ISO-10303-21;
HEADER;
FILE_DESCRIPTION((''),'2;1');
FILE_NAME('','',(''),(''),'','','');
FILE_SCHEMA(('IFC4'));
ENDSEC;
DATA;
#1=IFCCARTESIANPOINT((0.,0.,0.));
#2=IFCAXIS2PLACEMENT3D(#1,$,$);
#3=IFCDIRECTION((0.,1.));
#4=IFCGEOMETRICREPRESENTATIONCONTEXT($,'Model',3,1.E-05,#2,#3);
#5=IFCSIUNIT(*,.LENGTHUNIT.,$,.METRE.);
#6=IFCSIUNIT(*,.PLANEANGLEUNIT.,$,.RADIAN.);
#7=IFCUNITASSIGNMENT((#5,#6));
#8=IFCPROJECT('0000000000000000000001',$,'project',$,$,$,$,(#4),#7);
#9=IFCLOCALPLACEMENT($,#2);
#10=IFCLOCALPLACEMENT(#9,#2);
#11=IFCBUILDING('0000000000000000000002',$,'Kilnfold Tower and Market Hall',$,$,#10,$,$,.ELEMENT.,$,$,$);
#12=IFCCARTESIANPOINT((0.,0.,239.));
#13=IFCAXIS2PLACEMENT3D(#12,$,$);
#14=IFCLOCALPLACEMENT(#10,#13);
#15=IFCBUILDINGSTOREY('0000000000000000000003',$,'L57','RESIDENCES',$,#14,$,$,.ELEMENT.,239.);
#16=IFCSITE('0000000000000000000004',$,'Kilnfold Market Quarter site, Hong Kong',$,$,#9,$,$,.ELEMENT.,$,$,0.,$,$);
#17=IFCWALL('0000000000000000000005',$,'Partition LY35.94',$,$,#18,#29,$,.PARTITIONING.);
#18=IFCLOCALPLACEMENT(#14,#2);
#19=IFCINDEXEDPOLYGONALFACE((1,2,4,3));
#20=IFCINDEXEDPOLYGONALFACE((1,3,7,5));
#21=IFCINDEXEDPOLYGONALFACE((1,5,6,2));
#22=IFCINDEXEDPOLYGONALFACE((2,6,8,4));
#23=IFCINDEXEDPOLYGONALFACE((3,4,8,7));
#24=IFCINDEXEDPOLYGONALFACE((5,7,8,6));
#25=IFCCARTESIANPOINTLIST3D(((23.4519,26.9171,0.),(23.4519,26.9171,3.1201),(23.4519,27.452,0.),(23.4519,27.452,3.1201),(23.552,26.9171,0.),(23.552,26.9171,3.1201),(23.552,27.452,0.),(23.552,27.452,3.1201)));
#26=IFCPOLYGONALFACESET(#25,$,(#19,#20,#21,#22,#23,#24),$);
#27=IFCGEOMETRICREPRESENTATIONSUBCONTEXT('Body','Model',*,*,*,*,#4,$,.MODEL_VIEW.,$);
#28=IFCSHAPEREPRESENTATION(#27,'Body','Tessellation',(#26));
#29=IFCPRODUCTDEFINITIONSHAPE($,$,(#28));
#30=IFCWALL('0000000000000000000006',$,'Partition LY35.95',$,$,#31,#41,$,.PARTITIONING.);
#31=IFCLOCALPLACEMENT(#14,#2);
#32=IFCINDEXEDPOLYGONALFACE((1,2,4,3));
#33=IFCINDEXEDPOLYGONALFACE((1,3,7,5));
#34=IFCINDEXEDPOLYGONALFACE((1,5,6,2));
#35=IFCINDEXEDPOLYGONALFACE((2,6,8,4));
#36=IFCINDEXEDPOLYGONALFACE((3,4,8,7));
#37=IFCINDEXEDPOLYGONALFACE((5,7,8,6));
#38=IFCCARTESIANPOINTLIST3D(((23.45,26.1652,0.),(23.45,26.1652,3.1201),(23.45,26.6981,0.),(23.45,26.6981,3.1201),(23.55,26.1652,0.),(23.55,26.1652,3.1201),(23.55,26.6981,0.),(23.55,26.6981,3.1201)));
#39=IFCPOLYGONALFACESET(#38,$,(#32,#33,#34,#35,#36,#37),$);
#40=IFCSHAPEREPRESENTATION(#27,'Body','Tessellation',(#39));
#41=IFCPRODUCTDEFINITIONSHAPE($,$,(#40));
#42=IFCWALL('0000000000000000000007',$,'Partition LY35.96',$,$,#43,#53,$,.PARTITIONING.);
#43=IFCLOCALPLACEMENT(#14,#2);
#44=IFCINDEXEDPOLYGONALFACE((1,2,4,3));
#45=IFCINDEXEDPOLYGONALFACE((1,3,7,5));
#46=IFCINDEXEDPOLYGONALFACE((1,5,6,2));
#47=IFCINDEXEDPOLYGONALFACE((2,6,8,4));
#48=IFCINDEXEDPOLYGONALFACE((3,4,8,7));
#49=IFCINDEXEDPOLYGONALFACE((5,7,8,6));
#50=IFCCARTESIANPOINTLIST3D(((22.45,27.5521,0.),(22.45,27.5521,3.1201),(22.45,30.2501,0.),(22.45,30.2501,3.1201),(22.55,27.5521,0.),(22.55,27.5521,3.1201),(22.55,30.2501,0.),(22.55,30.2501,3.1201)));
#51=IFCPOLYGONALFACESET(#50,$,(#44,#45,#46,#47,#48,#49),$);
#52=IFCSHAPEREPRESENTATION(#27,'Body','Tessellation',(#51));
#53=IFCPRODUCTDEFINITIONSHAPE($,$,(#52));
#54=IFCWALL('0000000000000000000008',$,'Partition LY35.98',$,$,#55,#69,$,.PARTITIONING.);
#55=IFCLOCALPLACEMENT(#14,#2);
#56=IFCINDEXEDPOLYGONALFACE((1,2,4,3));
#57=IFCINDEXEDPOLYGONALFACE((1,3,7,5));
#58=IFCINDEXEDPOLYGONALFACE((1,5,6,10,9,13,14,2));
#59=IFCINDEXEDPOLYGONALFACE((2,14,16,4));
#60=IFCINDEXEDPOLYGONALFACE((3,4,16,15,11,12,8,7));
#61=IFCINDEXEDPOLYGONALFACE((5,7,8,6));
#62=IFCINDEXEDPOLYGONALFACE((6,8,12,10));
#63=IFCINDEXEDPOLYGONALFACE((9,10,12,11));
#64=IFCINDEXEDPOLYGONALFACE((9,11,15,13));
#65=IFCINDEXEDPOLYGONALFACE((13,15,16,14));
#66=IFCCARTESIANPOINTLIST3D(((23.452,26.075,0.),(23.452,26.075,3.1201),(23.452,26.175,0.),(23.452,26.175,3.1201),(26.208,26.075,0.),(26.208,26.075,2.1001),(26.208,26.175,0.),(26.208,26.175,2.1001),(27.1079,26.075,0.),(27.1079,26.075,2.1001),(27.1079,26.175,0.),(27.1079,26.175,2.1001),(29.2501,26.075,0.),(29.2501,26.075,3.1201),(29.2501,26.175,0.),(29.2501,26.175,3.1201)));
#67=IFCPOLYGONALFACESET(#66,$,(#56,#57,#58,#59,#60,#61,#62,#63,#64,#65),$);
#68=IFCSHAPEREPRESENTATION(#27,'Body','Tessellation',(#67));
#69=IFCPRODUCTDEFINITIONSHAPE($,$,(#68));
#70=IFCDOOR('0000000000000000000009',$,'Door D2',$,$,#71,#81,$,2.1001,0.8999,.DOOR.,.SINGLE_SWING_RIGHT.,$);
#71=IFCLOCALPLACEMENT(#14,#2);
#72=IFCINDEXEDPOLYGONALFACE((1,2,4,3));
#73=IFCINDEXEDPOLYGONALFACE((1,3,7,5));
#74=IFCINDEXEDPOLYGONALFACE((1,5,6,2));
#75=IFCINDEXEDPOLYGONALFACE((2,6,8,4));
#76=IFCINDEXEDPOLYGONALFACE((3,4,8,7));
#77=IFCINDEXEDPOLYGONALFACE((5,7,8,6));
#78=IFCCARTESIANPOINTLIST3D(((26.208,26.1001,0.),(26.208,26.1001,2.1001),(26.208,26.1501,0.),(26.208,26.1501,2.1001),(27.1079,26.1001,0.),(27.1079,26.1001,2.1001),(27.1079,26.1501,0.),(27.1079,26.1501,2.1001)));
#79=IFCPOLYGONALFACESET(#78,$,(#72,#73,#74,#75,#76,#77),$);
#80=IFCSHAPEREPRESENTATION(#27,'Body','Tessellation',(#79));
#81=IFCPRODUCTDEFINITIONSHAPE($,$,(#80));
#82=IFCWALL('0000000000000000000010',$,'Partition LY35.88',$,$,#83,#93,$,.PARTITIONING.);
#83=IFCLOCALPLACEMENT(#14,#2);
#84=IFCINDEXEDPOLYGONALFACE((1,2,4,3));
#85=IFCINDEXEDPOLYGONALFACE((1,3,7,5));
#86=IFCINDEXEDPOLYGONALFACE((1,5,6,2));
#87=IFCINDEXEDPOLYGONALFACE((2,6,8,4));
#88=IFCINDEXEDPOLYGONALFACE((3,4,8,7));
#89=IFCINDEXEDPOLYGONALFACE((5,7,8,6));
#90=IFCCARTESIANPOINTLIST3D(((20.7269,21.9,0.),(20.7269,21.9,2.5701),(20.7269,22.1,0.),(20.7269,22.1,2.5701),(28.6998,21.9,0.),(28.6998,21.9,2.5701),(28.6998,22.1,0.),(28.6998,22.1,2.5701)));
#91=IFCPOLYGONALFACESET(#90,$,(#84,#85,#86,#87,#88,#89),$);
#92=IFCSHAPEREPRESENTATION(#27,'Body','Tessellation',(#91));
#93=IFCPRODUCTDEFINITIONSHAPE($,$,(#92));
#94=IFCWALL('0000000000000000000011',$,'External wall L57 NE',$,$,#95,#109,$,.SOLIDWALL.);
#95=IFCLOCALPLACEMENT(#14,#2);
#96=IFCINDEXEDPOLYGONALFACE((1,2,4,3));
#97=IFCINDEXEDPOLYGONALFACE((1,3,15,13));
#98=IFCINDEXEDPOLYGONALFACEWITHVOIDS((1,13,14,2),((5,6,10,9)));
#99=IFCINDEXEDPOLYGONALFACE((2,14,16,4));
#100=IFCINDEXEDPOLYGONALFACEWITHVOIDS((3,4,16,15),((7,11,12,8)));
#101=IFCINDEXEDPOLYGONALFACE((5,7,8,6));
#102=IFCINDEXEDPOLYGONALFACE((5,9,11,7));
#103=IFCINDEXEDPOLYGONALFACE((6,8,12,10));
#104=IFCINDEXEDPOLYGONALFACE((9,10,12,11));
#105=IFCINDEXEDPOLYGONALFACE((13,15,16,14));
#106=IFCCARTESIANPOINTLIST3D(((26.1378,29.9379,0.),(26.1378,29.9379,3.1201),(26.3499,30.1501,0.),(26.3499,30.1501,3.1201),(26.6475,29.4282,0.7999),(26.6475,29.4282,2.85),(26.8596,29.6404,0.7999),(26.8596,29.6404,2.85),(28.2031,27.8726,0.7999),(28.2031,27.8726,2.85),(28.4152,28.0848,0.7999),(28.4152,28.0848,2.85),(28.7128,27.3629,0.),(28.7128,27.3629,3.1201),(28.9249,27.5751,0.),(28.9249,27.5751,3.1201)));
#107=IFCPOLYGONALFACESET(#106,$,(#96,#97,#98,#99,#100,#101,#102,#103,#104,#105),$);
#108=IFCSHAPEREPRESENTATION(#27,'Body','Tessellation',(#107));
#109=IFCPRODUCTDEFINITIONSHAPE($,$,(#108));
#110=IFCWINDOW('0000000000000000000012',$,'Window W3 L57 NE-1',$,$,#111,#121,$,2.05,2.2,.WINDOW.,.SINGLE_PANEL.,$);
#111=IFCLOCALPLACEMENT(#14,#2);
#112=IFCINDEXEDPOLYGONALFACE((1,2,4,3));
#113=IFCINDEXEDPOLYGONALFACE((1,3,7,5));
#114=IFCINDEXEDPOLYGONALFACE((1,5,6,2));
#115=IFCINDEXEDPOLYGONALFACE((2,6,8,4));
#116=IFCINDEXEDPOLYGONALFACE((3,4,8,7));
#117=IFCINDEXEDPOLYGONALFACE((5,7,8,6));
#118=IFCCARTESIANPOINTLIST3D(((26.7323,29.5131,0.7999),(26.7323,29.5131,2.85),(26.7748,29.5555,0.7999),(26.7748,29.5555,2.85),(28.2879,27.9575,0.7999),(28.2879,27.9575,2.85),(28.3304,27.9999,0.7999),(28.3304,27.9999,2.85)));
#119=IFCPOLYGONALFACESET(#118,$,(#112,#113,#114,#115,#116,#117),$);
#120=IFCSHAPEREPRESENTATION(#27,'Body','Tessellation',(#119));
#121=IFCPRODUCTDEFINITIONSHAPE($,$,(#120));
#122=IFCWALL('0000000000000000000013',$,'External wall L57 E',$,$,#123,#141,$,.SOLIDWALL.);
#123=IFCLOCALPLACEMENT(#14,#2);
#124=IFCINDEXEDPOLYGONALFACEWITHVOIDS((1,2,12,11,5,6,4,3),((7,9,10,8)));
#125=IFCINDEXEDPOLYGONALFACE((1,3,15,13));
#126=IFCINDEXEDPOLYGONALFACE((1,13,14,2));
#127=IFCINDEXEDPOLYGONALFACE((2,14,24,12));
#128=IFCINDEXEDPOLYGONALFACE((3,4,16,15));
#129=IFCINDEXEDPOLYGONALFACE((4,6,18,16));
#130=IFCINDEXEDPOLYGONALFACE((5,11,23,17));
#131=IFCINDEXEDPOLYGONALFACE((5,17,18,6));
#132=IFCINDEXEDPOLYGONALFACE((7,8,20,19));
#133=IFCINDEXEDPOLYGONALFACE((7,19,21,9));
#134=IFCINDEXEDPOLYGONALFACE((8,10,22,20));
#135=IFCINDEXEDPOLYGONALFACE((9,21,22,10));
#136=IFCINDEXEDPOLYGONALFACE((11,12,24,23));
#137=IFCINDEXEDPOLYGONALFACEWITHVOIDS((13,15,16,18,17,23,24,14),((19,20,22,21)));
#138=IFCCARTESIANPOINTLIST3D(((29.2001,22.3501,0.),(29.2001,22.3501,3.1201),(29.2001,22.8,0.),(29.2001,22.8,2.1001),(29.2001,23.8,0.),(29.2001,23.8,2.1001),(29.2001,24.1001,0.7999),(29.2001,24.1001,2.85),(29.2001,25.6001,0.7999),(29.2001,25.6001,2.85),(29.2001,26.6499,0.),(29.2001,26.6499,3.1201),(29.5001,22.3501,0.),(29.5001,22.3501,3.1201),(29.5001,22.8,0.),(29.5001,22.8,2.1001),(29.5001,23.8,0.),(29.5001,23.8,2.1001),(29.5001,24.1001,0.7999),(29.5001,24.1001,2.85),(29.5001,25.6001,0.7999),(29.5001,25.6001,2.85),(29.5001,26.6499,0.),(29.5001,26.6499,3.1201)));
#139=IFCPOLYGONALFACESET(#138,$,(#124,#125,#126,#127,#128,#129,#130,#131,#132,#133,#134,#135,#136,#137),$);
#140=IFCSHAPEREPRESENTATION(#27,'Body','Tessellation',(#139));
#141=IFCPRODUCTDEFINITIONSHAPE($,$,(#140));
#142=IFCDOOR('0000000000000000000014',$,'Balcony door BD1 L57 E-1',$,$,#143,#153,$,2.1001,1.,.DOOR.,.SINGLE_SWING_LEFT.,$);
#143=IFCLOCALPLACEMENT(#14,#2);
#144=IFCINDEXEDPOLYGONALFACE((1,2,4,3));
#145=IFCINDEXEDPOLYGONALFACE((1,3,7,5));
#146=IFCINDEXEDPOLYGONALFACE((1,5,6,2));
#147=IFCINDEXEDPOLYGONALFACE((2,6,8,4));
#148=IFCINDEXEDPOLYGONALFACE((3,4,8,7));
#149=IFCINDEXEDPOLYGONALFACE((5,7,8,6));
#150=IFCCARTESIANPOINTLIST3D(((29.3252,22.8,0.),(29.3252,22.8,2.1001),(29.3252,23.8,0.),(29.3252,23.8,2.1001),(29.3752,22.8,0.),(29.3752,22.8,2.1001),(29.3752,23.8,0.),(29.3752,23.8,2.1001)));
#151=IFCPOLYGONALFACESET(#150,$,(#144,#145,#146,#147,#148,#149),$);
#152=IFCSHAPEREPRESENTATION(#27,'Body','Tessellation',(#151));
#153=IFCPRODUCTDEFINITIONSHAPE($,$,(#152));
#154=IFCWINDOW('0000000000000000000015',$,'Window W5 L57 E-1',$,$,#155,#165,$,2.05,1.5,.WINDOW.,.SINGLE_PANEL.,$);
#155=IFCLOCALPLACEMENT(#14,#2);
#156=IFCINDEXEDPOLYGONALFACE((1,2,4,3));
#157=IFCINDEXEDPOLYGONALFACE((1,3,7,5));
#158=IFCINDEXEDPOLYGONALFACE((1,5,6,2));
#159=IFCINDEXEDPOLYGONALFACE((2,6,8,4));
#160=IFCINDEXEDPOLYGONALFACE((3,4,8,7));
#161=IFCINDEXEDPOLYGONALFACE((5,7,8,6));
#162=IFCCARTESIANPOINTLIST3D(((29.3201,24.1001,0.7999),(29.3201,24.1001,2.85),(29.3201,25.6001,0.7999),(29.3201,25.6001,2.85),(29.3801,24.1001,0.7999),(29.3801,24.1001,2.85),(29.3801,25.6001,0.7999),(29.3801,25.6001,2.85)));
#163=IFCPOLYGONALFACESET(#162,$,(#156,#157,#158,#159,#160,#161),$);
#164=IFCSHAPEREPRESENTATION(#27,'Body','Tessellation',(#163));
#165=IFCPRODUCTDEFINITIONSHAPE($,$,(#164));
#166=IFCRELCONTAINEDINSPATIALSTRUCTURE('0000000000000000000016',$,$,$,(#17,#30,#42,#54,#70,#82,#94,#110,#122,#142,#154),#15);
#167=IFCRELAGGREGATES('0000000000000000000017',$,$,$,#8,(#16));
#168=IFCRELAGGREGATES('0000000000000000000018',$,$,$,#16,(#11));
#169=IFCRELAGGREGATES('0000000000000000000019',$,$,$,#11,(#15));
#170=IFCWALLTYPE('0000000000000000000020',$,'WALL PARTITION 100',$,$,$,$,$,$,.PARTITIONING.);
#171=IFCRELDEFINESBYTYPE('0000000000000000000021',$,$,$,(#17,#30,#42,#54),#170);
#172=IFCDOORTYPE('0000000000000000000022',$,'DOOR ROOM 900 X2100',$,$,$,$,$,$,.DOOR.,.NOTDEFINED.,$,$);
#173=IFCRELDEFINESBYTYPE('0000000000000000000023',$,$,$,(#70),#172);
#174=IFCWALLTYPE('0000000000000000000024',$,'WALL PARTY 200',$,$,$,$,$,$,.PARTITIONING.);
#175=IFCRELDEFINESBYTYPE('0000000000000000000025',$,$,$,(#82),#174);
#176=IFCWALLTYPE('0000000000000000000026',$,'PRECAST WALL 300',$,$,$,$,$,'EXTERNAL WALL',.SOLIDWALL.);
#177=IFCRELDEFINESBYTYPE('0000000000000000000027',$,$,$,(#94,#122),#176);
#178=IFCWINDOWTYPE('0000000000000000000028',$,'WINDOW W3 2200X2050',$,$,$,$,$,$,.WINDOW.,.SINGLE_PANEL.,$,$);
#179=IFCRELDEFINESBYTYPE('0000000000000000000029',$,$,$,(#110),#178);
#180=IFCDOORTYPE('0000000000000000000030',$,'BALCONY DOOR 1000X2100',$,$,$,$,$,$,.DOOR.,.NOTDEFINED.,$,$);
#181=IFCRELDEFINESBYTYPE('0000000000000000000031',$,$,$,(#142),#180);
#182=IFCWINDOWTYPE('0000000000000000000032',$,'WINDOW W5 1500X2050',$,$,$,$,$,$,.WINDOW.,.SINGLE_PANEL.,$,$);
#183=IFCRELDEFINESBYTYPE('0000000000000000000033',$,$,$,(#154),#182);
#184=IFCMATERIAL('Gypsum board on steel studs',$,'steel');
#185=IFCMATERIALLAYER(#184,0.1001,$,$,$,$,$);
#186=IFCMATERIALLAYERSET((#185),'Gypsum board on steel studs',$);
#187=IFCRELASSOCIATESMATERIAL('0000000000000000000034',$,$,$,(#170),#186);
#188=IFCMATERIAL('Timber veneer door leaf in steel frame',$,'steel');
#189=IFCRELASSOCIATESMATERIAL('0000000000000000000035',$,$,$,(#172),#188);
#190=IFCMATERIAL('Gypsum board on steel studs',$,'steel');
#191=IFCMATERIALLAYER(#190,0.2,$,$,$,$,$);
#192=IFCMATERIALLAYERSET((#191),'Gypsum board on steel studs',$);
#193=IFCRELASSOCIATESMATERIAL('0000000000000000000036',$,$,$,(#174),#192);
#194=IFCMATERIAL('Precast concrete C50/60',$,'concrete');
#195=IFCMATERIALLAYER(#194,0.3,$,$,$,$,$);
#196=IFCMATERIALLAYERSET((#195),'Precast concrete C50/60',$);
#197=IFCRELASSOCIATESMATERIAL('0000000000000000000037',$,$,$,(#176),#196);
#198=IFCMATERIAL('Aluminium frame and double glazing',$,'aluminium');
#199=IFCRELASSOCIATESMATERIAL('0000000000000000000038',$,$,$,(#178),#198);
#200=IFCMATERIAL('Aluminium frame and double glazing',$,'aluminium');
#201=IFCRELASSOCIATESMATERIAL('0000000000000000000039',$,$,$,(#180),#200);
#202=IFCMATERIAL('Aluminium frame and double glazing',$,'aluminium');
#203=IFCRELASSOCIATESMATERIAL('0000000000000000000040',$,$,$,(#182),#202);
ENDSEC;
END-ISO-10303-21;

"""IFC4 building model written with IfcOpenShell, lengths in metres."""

from ifc_helpers import new_model, si_unit, direction, frame, frame_2d, origin, place, context, subcontext, project, spatial, rectangle, extrude, source, transform, mapped, material, layer, layer_set, type_object, element, fill, save


model = new_model("IFC4")

# Units and contexts
model_context = context("Model", 3, precision=1e-05, world=origin(), true_north=direction((0.0, 1.0)))
body_context = subcontext(model_context, "Body", "Model", "MODEL_VIEW")
ifc_project = project(units=[si_unit("LENGTHUNIT", "METRE"), si_unit("PLANEANGLEUNIT", "RADIAN")], contexts=[model_context])

# Site, building, storey
site_placement = place(None, origin())
site = spatial("IfcSite", under=ifc_project, at=site_placement, Name="Kilnfold Market Quarter site, Hong Kong", CompositionType="ELEMENT", RefElevation=0.0)
building_placement = place(site_placement, origin())
building = spatial("IfcBuilding", under=site, at=building_placement, Name="Kilnfold Tower and Market Hall", CompositionType="ELEMENT")
storey_placement = place(building_placement, frame((0.0, 0.0, 239.0)))
storey = spatial("IfcBuildingStorey", under=building, at=storey_placement, Name="L57", Description="RESIDENCES", CompositionType="ELEMENT", Elevation=239.0)

# Shared definitions
ifc_material_1 = material(Name="Gypsum board on steel studs", Category="steel")
ifc_layer_1 = layer(ifc_material_1, 0.1001)
ifc_layer_set_1 = layer_set([ifc_layer_1], Name="Gypsum board on steel studs")
wall_type_1 = type_object("IfcWallType", Name="WALL PARTITION 100", PredefinedType="PARTITIONING", material=ifc_layer_set_1)
ifc_material_2 = material(Name="Timber veneer door leaf in steel frame", Category="steel")
door_type_1 = type_object("IfcDoorType", Name="DOOR ROOM 900 X2100", OperationType="NOTDEFINED", PredefinedType="DOOR", material=ifc_material_2)

# Walls
wall_1_placement = place(storey_placement, frame((23.502, 26.917, 0.0), z_axis=(0.0, 0.0, 1.0), x_axis=(0.0, 1.0, 0.0)))
element("IfcWall", 1, at=wall_1_placement, inside=storey, type_object=wall_type_1, Name="Partition LY35.94", PredefinedType="PARTITIONING", context=body_context, shape_type="SweptSolid", body=[
    extrude(rectangle(XDim=0.5349, YDim=0.1001, at=frame_2d((0.2676, 0.0))), origin(), (0.0, 0.0, 1.0), 3.1201),
])
wall_2_placement = place(storey_placement, frame((23.5, 26.165, 0.0), z_axis=(0.0, 0.0, 1.0), x_axis=(0.0, 1.0, 0.0)))
element("IfcWall", 2, at=wall_2_placement, inside=storey, type_object=wall_type_1, Name="Partition LY35.95", PredefinedType="PARTITIONING", context=body_context, shape_type="SweptSolid", body=[
    extrude(rectangle(XDim=0.533, YDim=0.1001, at=frame_2d((0.2666, 0.0))), origin(), (0.0, 0.0, 1.0), 3.1201),
])
wall_3_placement = place(storey_placement, frame((22.5, 27.552, 0.0), z_axis=(0.0, 0.0, 1.0), x_axis=(0.0, 1.0, 0.0)))
element("IfcWall", 3, at=wall_3_placement, inside=storey, type_object=wall_type_1, Name="Partition LY35.96", PredefinedType="PARTITIONING", context=body_context, shape_type="SweptSolid", body=[
    extrude(rectangle(XDim=2.698, YDim=0.1001, at=frame_2d((1.3491, 0.0))), origin(), (0.0, 0.0, 1.0), 3.1201),
])

# Wall, opening, door
wall_4_placement = place(storey_placement, frame((29.25, 26.125, 0.0), z_axis=(0.0, 0.0, 1.0), x_axis=(-1.0, 0.0, 0.0)))
wall_4 = element("IfcWall", 4, at=wall_4_placement, inside=storey, type_object=wall_type_1, Name="Partition LY35.98", PredefinedType="PARTITIONING", context=body_context, shape_type="SweptSolid", body=[
    extrude(rectangle(XDim=5.7981, YDim=0.1001, at=frame_2d((2.8989, 0.0))), origin(), (0.0, 0.0, 1.0), 3.1201),
])
opening_1_placement = place(wall_4_placement, frame((2.1421, 0.0, 0.0)))
opening_1 = element("IfcOpeningElement", 5, at=opening_1_placement, cuts=wall_4, PredefinedType="OPENING", context=body_context, shape_type="SweptSolid", body=[
    extrude(rectangle(XDim=0.8999, YDim=2.1001, at=frame_2d((0.45, 1.05))), frame((0.0, 0.0601, 0.0), z_axis=(0.0, -1.0, 0.0), x_axis=(1.0, 0.0, 0.0)), (0.0, 0.0, 1.0), 0.1201),
])
door_1_placement = place(opening_1_placement, origin())
door_1 = element("IfcDoor", 6, at=door_1_placement, inside=storey, type_object=door_type_1, Name="Door D2", OperationType="SINGLE_SWING_RIGHT", OverallHeight=2.1001, OverallWidth=0.8999, PredefinedType="DOOR", context=body_context, shape_type="SweptSolid", body=[
    extrude(rectangle(XDim=0.8999, YDim=2.1001, at=frame_2d((0.45, 1.05))), frame((0.0, 0.0249, 0.0), z_axis=(0.0, -1.0, 0.0), x_axis=(1.0, 0.0, 0.0)), (0.0, 0.0, 1.0), 0.05),
])
fill(opening_1, door_1)

# Wall
ifc_material_3 = material(Name="Gypsum board on steel studs", Category="steel")
ifc_layer_2 = layer(ifc_material_3, 0.2)
ifc_layer_set_2 = layer_set([ifc_layer_2], Name="Gypsum board on steel studs")
wall_type_2 = type_object("IfcWallType", Name="WALL PARTY 200", PredefinedType="PARTITIONING", material=ifc_layer_set_2)
wall_5_placement = place(storey_placement, frame((20.7271, 22.0, 0.0), z_axis=(0.0, 0.0, 1.0), x_axis=(1.0, 0.0, 0.0)))
element("IfcWall", 7, at=wall_5_placement, inside=storey, type_object=wall_type_2, Name="Partition LY35.88", PredefinedType="PARTITIONING", context=body_context, shape_type="SweptSolid", body=[
    extrude(rectangle(XDim=7.9729, YDim=0.2, at=frame_2d((3.9863, 0.0))), origin(), (0.0, 0.0, 1.0), 2.5701),
])

# Wall, opening, window
ifc_material_4 = material(Name="Precast concrete C50/60", Category="concrete")
ifc_layer_3 = layer(ifc_material_4, 0.3)
ifc_layer_set_3 = layer_set([ifc_layer_3], Name="Precast concrete C50/60")
wall_type_3 = type_object("IfcWallType", Name="PRECAST WALL 300", ElementType="EXTERNAL WALL", PredefinedType="SOLIDWALL", material=ifc_layer_set_3)
shared_shape_1 = source(origin(), body_context, "Body", "SweptSolid", [
    extrude(rectangle(XDim=3.6416, YDim=0.3, at=frame_2d((1.8208, 0.0))), origin(), (0.0, 0.0, 1.0), 3.1201),
])
wall_6_placement = place(storey_placement, frame((28.8188, 27.469, 0.0), z_axis=(0.0, 0.0, 1.0), x_axis=(-0.707107, 0.707107, 0.0)))
wall_6 = element("IfcWall", 8, at=wall_6_placement, inside=storey, type_object=wall_type_3, Name="External wall L57 NE", PredefinedType="SOLIDWALL", context=body_context, shape_type="MappedRepresentation", body=[
    mapped(shared_shape_1, transform((0.0, 0.0, 0.0))),
])
opening_2_placement = place(wall_6_placement, frame((0.7207, 0.0, 0.8)))
opening_2 = element("IfcOpeningElement", 9, at=opening_2_placement, cuts=wall_6, PredefinedType="OPENING", context=body_context, shape_type="SweptSolid", body=[
    extrude(rectangle(XDim=2.2, YDim=2.05, at=frame_2d((1.1001, 1.0249))), frame((0.0, 0.1602, 0.0), z_axis=(0.0, -1.0, 0.0), x_axis=(1.0, 0.0, 0.0)), (0.0, 0.0, 1.0), 0.3201),
])
ifc_material_5 = material(Name="Aluminium frame and double glazing", Category="aluminium")
window_type_1 = type_object("IfcWindowType", Name="WINDOW W3 2200X2050", PartitioningType="SINGLE_PANEL", PredefinedType="WINDOW", material=ifc_material_5)
window_1_placement = place(opening_2_placement, origin())
window_1 = element("IfcWindow", 10, at=window_1_placement, inside=storey, type_object=window_type_1, Name="Window W3 L57 NE-1", OverallHeight=2.05, OverallWidth=2.2, PartitioningType="SINGLE_PANEL", PredefinedType="WINDOW", context=body_context, shape_type="SweptSolid", body=[
    extrude(rectangle(XDim=2.2, YDim=2.05, at=frame_2d((1.1001, 1.0249))), frame((0.0, 0.03, 0.0), z_axis=(0.0, -1.0, 0.0), x_axis=(1.0, 0.0, 0.0)), (0.0, 0.0, 1.0), 0.0601),
])
fill(opening_2, window_1)

# Wall, openings, door, window
shared_shape_2 = source(origin(), body_context, "Body", "SweptSolid", [
    extrude(rectangle(XDim=4.2998, YDim=0.3, at=frame_2d((2.1499, 0.0))), origin(), (0.0, 0.0, 1.0), 3.1201),
])
wall_7_placement = place(storey_placement, frame((29.3501, 22.3501, 0.0), z_axis=(0.0, 0.0, 1.0), x_axis=(0.0, 1.0, 0.0)))
wall_7 = element("IfcWall", 11, at=wall_7_placement, inside=storey, type_object=wall_type_3, Name="External wall L57 E", PredefinedType="SOLIDWALL", context=body_context, shape_type="MappedRepresentation", body=[
    mapped(shared_shape_2, transform((0.0, 0.0, 0.0))),
])
opening_3_placement = place(wall_7_placement, frame((1.75, 0.0, 0.8)))
opening_3 = element("IfcOpeningElement", 12, at=opening_3_placement, cuts=wall_7, PredefinedType="OPENING", context=body_context, shape_type="SweptSolid", body=[
    extrude(rectangle(XDim=1.5, YDim=2.05, at=frame_2d((0.75, 1.0249))), frame((0.0, 0.1602, 0.0), z_axis=(0.0, -1.0, 0.0), x_axis=(1.0, 0.0, 0.0)), (0.0, 0.0, 1.0), 0.3201),
])
opening_4_placement = place(wall_7_placement, frame((0.45, 0.0, 0.0)))
opening_4 = element("IfcOpeningElement", 13, at=opening_4_placement, cuts=wall_7, PredefinedType="OPENING", context=body_context, shape_type="SweptSolid", body=[
    extrude(rectangle(XDim=1.0, YDim=2.1001, at=frame_2d((0.5, 1.05))), frame((0.0, 0.1602, 0.0), z_axis=(0.0, -1.0, 0.0), x_axis=(1.0, 0.0, 0.0)), (0.0, 0.0, 1.0), 0.3201),
])
ifc_material_6 = material(Name="Aluminium frame and double glazing", Category="aluminium")
door_type_2 = type_object("IfcDoorType", Name="BALCONY DOOR 1000X2100", OperationType="NOTDEFINED", PredefinedType="DOOR", material=ifc_material_6)
door_2_placement = place(opening_4_placement, origin())
door_2 = element("IfcDoor", 14, at=door_2_placement, inside=storey, type_object=door_type_2, Name="Balcony door BD1 L57 E-1", OperationType="SINGLE_SWING_LEFT", OverallHeight=2.1001, OverallWidth=1.0, PredefinedType="DOOR", context=body_context, shape_type="SweptSolid", body=[
    extrude(rectangle(XDim=1.0, YDim=2.1001, at=frame_2d((0.5, 1.05))), frame((0.0, 0.0249, 0.0), z_axis=(0.0, -1.0, 0.0), x_axis=(1.0, 0.0, 0.0)), (0.0, 0.0, 1.0), 0.05),
])
fill(opening_4, door_2)
ifc_material_7 = material(Name="Aluminium frame and double glazing", Category="aluminium")
window_type_2 = type_object("IfcWindowType", Name="WINDOW W5 1500X2050", PartitioningType="SINGLE_PANEL", PredefinedType="WINDOW", material=ifc_material_7)
window_2_placement = place(opening_3_placement, origin())
window_2 = element("IfcWindow", 15, at=window_2_placement, inside=storey, type_object=window_type_2, Name="Window W5 L57 E-1", OverallHeight=2.05, OverallWidth=1.5, PartitioningType="SINGLE_PANEL", PredefinedType="WINDOW", context=body_context, shape_type="SweptSolid", body=[
    extrude(rectangle(XDim=1.5, YDim=2.05, at=frame_2d((0.75, 1.0249))), frame((0.0, 0.03, 0.0), z_axis=(0.0, -1.0, 0.0), x_axis=(1.0, 0.0, 0.0)), (0.0, 0.0, 1.0), 0.0601),
])
fill(opening_3, window_2)

save(model, "model.ifc")
